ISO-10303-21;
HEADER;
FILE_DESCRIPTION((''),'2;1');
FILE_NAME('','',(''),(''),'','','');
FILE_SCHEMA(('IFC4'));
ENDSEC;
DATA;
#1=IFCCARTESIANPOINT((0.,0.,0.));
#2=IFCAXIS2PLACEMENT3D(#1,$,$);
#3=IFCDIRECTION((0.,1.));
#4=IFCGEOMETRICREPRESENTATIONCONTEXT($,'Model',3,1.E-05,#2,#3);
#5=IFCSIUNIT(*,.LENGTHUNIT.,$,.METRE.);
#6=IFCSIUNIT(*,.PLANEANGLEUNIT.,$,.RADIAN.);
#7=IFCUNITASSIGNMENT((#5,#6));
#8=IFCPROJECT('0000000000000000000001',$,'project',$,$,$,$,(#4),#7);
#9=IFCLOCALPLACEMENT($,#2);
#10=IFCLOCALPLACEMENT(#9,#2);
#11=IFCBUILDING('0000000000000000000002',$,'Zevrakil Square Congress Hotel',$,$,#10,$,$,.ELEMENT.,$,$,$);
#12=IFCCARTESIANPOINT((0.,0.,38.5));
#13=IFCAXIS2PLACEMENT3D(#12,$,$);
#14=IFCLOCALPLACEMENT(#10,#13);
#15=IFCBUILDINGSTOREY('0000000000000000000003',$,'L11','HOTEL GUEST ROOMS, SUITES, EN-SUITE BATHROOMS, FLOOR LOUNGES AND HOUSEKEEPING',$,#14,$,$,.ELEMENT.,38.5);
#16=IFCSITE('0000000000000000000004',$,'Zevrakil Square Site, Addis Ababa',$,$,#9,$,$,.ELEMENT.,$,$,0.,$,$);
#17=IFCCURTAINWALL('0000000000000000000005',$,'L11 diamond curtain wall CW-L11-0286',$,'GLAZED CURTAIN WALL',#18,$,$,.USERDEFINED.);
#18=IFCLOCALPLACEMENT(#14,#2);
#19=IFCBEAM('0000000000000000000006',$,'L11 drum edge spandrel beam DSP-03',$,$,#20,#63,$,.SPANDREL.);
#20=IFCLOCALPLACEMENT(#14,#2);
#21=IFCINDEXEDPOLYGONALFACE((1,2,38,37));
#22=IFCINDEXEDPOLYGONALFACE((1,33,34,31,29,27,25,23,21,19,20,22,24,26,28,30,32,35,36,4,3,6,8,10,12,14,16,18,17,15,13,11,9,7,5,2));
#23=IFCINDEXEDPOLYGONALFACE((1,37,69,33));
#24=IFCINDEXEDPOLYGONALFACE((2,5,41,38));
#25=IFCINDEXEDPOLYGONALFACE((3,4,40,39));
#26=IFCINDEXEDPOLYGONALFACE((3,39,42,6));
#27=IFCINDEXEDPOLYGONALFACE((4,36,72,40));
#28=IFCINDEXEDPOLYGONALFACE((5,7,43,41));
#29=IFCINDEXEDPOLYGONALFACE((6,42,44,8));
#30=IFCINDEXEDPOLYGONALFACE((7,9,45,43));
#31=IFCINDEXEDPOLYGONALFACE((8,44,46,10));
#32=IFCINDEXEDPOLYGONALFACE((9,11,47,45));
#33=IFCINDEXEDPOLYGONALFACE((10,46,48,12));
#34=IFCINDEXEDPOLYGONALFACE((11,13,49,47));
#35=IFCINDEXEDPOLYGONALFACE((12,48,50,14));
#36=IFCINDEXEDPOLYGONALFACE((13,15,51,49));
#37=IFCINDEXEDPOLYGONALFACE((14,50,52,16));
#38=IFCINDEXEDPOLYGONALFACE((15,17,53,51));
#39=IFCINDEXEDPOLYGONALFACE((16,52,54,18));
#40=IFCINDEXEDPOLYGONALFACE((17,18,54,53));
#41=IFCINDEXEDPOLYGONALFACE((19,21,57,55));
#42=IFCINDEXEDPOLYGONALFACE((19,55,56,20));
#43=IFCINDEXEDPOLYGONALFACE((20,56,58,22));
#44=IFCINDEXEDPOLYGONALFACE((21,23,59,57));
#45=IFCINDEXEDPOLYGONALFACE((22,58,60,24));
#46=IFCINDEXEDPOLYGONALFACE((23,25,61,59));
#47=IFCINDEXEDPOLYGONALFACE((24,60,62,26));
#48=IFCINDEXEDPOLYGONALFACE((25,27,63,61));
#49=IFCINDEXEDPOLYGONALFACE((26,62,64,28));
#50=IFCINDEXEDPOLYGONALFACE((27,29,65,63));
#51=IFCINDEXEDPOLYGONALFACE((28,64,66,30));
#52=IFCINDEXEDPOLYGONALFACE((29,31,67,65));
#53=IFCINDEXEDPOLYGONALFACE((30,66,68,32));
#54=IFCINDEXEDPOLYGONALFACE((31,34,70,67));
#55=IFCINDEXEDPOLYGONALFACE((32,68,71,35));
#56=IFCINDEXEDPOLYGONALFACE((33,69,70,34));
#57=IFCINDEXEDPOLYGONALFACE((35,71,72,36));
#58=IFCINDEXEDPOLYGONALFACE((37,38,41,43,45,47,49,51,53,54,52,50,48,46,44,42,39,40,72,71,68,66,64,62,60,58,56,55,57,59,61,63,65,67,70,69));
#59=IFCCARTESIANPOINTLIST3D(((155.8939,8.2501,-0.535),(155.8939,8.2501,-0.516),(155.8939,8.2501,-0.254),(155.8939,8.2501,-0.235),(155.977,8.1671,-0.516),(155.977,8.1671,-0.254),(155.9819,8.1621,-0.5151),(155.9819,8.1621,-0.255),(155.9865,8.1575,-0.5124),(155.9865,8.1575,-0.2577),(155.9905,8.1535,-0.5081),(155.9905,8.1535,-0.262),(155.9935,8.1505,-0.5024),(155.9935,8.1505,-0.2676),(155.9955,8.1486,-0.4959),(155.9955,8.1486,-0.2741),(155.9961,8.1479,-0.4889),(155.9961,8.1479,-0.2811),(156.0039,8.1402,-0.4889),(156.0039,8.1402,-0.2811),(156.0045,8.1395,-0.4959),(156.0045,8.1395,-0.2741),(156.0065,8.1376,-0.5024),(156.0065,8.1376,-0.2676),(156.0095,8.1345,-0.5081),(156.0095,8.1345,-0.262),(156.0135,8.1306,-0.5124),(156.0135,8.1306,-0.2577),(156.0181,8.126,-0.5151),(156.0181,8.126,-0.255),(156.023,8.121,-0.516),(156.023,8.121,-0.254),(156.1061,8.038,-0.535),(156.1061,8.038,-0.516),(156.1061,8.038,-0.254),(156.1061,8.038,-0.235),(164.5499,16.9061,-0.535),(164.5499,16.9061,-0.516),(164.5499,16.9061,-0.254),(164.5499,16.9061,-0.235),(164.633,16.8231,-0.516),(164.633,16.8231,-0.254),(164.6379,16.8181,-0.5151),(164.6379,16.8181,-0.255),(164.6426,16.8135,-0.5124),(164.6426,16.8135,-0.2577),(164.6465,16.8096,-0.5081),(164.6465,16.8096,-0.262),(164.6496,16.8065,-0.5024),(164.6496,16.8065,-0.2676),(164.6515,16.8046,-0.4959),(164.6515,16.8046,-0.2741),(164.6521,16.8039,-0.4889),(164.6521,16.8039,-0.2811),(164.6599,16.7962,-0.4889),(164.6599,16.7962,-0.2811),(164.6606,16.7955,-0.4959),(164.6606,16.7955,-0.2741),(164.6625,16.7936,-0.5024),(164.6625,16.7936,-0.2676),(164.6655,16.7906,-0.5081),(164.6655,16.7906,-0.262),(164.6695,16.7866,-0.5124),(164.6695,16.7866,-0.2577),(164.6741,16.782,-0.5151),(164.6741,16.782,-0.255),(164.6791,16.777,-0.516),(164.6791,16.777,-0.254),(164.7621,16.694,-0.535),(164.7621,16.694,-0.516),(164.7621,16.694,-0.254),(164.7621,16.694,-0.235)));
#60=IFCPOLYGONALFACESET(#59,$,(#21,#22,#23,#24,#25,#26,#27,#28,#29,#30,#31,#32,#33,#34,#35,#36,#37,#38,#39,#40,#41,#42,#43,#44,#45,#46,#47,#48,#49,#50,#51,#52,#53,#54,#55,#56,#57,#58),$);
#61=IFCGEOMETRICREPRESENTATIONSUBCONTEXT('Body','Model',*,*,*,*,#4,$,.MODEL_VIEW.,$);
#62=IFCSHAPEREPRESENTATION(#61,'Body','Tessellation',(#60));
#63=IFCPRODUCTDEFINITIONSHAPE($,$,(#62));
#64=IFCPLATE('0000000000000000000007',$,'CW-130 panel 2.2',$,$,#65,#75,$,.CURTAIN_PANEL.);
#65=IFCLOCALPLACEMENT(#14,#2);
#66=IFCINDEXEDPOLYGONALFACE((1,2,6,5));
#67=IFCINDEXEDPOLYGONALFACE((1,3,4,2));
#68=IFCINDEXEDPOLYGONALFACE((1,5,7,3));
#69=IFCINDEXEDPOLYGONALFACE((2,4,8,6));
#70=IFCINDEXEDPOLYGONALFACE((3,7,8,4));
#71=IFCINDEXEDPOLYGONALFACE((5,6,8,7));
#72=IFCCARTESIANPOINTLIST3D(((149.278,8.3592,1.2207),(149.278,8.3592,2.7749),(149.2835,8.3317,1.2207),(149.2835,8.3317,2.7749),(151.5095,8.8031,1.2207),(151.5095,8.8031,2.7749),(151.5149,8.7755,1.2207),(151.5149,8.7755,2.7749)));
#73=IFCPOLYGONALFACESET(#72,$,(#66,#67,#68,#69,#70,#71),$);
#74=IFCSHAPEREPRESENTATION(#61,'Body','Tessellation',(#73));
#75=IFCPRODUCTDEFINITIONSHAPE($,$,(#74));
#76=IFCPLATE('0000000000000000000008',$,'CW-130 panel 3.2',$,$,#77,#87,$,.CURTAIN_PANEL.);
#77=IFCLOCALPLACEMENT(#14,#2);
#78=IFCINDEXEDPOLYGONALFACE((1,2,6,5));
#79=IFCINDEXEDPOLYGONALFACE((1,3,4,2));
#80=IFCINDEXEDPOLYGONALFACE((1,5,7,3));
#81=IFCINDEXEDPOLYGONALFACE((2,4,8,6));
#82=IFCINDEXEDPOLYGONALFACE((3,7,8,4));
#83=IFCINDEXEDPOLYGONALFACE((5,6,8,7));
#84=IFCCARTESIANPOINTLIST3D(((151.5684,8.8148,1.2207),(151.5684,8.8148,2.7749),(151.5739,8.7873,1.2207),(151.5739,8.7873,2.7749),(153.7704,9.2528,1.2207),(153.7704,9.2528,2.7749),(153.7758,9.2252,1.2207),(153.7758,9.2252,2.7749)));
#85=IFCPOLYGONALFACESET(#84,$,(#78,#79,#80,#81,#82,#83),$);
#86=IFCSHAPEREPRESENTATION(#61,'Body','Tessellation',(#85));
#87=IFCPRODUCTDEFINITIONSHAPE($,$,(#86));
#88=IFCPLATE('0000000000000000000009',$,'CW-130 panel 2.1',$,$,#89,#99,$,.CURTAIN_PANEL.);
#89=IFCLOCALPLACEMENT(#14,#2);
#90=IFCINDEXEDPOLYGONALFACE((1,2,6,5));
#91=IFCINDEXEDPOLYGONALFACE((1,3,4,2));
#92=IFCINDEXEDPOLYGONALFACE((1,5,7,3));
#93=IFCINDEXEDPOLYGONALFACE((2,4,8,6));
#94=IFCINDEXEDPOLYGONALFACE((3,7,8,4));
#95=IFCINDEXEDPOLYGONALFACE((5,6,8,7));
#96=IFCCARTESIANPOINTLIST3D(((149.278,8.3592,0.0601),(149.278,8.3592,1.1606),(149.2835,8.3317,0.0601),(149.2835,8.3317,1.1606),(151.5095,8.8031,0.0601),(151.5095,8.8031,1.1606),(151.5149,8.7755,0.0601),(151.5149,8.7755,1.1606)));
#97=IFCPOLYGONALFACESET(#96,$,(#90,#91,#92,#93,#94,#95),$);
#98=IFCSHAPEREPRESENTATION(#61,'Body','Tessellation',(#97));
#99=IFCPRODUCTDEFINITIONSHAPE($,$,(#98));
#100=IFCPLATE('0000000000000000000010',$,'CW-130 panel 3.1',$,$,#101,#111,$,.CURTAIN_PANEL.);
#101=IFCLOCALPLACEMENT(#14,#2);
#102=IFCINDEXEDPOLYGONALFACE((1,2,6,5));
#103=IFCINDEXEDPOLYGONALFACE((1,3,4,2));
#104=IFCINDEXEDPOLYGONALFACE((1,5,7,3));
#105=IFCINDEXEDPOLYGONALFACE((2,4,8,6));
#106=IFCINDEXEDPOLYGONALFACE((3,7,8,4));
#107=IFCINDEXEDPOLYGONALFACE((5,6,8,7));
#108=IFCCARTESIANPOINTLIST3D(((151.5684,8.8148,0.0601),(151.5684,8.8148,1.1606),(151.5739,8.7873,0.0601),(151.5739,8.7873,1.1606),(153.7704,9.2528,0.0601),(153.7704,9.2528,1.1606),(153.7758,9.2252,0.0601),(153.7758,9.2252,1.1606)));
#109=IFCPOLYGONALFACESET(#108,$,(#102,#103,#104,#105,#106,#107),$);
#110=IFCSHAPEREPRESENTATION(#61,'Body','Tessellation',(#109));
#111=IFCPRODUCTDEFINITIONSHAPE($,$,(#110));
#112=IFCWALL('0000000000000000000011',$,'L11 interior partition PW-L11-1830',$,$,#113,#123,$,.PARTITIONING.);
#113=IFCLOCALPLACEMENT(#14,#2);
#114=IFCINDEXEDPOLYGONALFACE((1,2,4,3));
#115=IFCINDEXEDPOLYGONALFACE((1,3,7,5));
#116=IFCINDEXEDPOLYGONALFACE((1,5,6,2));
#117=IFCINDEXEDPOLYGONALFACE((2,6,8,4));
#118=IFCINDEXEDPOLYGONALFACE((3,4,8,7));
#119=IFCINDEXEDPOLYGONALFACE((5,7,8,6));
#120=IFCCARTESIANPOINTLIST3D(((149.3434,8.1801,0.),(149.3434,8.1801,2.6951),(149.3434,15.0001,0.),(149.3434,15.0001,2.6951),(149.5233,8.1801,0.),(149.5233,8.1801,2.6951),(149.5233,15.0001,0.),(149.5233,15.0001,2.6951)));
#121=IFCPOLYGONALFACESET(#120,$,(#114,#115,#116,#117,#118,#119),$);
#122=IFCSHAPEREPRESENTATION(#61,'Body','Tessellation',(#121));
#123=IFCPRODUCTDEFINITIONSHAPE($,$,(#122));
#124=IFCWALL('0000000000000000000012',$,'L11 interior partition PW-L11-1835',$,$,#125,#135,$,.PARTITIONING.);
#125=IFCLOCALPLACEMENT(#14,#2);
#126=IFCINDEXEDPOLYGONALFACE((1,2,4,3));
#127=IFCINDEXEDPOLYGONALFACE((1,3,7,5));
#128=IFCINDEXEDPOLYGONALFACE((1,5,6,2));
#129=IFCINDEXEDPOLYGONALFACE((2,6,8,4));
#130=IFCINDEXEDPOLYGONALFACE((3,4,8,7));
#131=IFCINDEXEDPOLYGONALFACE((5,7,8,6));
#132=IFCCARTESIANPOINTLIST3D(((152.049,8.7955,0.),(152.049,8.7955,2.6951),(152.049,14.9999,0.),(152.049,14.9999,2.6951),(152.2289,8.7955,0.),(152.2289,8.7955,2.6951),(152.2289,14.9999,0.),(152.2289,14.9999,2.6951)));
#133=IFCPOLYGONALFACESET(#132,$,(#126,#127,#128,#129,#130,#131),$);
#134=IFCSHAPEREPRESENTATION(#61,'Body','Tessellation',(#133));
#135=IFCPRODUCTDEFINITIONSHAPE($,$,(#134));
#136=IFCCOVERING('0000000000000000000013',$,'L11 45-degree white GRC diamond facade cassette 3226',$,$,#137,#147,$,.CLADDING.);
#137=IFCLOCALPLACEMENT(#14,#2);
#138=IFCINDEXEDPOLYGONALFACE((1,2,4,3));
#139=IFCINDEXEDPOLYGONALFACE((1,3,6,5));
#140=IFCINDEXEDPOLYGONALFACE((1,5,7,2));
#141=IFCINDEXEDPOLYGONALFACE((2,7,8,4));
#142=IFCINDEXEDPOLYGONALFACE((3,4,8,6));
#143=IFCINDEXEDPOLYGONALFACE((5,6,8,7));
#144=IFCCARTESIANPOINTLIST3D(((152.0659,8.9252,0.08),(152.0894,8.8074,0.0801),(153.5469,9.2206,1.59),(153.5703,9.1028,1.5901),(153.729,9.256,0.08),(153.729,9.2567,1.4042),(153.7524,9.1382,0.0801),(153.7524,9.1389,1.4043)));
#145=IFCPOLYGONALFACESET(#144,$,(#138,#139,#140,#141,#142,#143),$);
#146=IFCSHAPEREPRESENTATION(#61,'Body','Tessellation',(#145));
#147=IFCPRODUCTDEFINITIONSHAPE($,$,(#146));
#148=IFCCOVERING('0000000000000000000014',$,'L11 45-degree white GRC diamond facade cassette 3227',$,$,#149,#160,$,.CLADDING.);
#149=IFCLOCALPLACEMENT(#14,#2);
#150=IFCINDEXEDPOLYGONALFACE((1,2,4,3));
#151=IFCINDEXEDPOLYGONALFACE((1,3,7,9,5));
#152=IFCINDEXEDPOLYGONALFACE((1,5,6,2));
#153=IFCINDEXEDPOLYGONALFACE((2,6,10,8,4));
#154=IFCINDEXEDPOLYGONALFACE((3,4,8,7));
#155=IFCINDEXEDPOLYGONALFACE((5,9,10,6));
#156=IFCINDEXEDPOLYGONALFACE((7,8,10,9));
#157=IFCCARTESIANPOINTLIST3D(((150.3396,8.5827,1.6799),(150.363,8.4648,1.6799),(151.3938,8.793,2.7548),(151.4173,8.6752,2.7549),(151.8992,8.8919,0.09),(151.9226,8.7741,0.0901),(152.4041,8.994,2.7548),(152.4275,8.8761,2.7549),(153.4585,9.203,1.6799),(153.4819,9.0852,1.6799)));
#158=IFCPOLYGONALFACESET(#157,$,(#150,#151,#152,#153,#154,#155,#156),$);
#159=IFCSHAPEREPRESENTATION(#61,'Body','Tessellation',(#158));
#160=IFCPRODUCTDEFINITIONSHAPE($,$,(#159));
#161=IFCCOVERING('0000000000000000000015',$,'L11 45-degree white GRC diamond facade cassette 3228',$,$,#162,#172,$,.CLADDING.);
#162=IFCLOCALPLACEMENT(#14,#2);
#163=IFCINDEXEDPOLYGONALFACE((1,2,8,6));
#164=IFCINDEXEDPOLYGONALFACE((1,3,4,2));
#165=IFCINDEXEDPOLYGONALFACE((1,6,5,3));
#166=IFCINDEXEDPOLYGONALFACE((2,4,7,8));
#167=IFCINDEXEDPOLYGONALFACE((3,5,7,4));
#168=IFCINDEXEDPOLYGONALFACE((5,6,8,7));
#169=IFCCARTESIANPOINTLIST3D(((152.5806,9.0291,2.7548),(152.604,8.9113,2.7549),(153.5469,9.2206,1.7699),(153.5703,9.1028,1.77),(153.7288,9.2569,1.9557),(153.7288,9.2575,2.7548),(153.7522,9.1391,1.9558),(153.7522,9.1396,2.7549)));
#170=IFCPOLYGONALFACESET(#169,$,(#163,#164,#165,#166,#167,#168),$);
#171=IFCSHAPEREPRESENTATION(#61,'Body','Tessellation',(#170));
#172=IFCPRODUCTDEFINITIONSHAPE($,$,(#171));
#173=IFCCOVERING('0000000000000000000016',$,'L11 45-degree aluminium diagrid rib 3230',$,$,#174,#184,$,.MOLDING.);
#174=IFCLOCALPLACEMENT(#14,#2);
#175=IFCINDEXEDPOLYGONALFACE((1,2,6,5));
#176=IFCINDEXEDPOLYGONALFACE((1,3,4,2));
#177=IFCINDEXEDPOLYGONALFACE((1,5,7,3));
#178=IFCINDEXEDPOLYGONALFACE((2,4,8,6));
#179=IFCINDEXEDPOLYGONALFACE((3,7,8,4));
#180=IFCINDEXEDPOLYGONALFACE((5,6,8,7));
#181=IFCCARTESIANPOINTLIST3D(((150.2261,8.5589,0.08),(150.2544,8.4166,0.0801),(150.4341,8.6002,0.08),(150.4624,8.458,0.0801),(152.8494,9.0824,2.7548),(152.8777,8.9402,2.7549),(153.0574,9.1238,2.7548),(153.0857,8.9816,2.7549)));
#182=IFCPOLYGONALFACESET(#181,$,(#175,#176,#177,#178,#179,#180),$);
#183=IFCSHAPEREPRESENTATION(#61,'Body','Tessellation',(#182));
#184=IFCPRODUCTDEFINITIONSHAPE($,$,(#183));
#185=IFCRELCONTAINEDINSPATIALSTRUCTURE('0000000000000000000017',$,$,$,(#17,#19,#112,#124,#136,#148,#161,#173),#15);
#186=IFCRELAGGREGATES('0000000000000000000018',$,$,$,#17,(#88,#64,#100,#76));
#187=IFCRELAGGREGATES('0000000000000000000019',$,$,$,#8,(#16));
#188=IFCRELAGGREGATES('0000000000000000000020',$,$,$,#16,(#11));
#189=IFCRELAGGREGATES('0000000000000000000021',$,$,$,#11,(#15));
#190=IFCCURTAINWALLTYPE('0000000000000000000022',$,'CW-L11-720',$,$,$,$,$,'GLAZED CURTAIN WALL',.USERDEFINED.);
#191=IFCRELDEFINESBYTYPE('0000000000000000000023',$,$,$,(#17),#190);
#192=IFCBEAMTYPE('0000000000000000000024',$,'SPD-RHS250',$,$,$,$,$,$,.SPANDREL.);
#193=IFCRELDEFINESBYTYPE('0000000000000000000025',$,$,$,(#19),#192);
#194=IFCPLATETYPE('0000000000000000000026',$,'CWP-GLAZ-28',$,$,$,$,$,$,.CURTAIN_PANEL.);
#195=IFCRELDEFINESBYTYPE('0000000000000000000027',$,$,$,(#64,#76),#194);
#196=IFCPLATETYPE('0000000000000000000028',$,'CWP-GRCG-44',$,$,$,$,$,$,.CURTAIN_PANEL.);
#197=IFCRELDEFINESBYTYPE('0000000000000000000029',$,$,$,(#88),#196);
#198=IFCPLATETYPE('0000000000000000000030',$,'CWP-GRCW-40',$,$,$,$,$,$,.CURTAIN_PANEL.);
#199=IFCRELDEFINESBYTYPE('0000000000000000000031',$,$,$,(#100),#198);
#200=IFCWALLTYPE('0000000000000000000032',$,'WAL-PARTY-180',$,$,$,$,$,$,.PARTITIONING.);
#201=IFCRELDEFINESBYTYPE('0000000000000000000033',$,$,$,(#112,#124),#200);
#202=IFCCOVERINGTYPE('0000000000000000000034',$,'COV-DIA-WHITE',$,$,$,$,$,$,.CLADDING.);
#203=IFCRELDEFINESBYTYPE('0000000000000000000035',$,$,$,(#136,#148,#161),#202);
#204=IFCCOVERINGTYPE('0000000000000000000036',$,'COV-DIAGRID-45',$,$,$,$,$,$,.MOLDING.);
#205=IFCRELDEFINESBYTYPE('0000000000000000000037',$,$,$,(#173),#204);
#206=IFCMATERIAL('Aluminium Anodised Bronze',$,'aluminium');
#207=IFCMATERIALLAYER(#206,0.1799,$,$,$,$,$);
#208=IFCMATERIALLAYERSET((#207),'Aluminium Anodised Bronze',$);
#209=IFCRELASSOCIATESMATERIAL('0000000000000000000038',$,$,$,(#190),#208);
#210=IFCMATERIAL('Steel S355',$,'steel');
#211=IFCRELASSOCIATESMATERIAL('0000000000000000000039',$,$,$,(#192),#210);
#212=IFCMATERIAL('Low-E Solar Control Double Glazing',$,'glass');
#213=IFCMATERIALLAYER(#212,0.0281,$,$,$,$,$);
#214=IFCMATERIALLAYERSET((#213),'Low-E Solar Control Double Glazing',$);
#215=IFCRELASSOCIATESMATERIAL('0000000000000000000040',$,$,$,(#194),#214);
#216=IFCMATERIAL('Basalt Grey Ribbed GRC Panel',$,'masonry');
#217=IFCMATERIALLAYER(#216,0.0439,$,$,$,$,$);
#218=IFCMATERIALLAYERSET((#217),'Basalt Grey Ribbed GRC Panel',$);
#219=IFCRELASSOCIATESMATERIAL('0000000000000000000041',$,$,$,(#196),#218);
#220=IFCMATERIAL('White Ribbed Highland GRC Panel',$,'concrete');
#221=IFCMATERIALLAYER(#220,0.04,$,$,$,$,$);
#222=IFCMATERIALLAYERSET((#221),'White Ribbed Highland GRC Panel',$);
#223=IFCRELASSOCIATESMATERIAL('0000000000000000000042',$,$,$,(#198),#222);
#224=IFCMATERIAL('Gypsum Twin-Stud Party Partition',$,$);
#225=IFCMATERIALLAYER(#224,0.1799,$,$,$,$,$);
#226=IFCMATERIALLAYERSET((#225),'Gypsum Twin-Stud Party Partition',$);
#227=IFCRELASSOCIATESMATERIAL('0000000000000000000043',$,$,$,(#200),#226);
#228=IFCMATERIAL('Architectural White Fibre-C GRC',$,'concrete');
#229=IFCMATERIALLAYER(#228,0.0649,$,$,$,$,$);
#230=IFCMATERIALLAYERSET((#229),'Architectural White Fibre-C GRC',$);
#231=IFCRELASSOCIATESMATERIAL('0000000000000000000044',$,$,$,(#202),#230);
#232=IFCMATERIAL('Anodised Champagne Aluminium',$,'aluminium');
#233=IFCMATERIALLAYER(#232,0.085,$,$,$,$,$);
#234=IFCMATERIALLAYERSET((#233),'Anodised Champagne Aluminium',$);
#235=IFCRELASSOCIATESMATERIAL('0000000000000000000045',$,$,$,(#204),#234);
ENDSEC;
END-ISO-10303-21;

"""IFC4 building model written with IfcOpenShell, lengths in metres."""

from ifc_helpers import new_model, si_unit, direction, frame, frame_2d, origin, origin_2d, place, context, subcontext, project, spatial, polyline, rectangle, i_section, outline, extrude, material, layer, layer_set, material_profile, profile_set, type_object, element, aggregate, save


model = new_model("IFC4")

# Units and contexts
model_context = context("Model", 3, precision=1e-05, world=origin(), true_north=direction((0.0, 1.0)))
body_context = subcontext(model_context, "Body", "Model", "MODEL_VIEW")
ifc_project = project(units=[si_unit("LENGTHUNIT", "METRE"), si_unit("PLANEANGLEUNIT", "RADIAN")], contexts=[model_context])

# Site, building, storey
site_placement = place(None, origin())
site = spatial("IfcSite", under=ifc_project, at=site_placement, Name="Zevrakil Square Site, Addis Ababa", CompositionType="ELEMENT", RefElevation=0.0)
building_placement = place(site_placement, origin())
building = spatial("IfcBuilding", under=site, at=building_placement, Name="Zevrakil Square Congress Hotel", CompositionType="ELEMENT")
storey_placement = place(building_placement, frame((0.0, 0.0, 38.5)))
storey = spatial("IfcBuildingStorey", under=building, at=storey_placement, Name="L11", Description="HOTEL GUEST ROOMS, SUITES, EN-SUITE BATHROOMS, FLOOR LOUNGES AND HOUSEKEEPING", CompositionType="ELEMENT", Elevation=38.5)

# Curtain wall
ifc_material_1 = material(Name="Aluminium Anodised Bronze", Category="aluminium")
ifc_layer_1 = layer(ifc_material_1, 0.1799)
ifc_layer_set_1 = layer_set([ifc_layer_1], Name="Aluminium Anodised Bronze")
curtain_wall_type = type_object("IfcCurtainWallType", Name="CW-L11-720", ElementType="GLAZED CURTAIN WALL", PredefinedType="USERDEFINED", material=ifc_layer_set_1)
curtain_wall_1_placement = place(storey_placement, origin())
curtain_wall_1 = element("IfcCurtainWall", 1, at=curtain_wall_1_placement, inside=storey, type_object=curtain_wall_type, Name="L11 diamond curtain wall CW-L11-0286", ObjectType="GLAZED CURTAIN WALL", PredefinedType="USERDEFINED")

# Beam
ifc_material_2 = material(Name="Steel S355", Category="steel")
ifc_material_profile_1 = material_profile(ifc_material_2, i_section(OverallWidth=0.3, OverallDepth=0.3, WebThickness=0.011, FlangeThickness=0.019, FilletRadius=0.0271, at=origin_2d()), Name="HEB 300")
ifc_profile_set_1 = profile_set([ifc_material_profile_1], Name="Steel S355")
beam_type = type_object("IfcBeamType", Name="SPD-RHS250", PredefinedType="SPANDREL", material=ifc_profile_set_1)
beam_placement = place(storey_placement, frame((156.0, 8.144, -0.385), z_axis=(0.707107, 0.707107, 0.0), x_axis=(-0.707107, 0.707107, 0.0)))
element("IfcBeam", 2, at=beam_placement, inside=storey, type_object=beam_type, Name="L11 drum edge spandrel beam DSP-03", PredefinedType="SPANDREL", context=body_context, shape_type="SweptSolid", body=[
    extrude(i_section(OverallWidth=0.3, OverallDepth=0.3, WebThickness=0.011, FlangeThickness=0.019, FilletRadius=0.0271, at=origin_2d()), origin(), (0.0, 0.0, 1.0), 12.2415),
])

# Plates
ifc_material_3 = material(Name="Low-E Solar Control Double Glazing", Category="glass")
ifc_layer_2 = layer(ifc_material_3, 0.0281)
ifc_layer_set_2 = layer_set([ifc_layer_2], Name="Low-E Solar Control Double Glazing")
plate_type_1 = type_object("IfcPlateType", Name="CWP-GLAZ-28", PredefinedType="CURTAIN_PANEL", material=ifc_layer_set_2)
plate_1_placement = place(storey_placement, frame((150.3965, 8.5674, 1.2207), z_axis=(0.0, 0.0, 1.0), x_axis=(0.980787, 0.195084, 0.0)))
plate_1 = element("IfcPlate", 3, at=plate_1_placement, type_object=plate_type_1, Name="CW-130 panel 2.2", PredefinedType="CURTAIN_PANEL", context=body_context, shape_type="SweptSolid", body=[
    extrude(rectangle(XDim=2.2751, YDim=0.0281, at=origin_2d()), origin(), (0.0, 0.0, 1.0), 1.5542),
])
plate_2_placement = place(storey_placement, frame((152.6721, 9.02, 1.2207), z_axis=(0.0, 0.0, 1.0), x_axis=(0.980787, 0.195084, 0.0)))
plate_2 = element("IfcPlate", 4, at=plate_2_placement, type_object=plate_type_1, Name="CW-130 panel 3.2", PredefinedType="CURTAIN_PANEL", context=body_context, shape_type="SweptSolid", body=[
    extrude(rectangle(XDim=2.2451, YDim=0.0281, at=origin_2d()), origin(), (0.0, 0.0, 1.0), 1.5542),
])
ifc_material_4 = material(Name="Basalt Grey Ribbed GRC Panel", Category="masonry")
ifc_layer_3 = layer(ifc_material_4, 0.0439)
ifc_layer_set_3 = layer_set([ifc_layer_3], Name="Basalt Grey Ribbed GRC Panel")
plate_type_2 = type_object("IfcPlateType", Name="CWP-GRCG-44", PredefinedType="CURTAIN_PANEL", material=ifc_layer_set_3)
plate_3_placement = place(storey_placement, frame((150.3965, 8.5674, 0.0601), z_axis=(0.0, 0.0, 1.0), x_axis=(0.980787, 0.195084, 0.0)))
plate_3 = element("IfcPlate", 5, at=plate_3_placement, type_object=plate_type_2, Name="CW-130 panel 2.1", PredefinedType="CURTAIN_PANEL", context=body_context, shape_type="SweptSolid", body=[
    extrude(rectangle(XDim=2.2751, YDim=0.0281, at=origin_2d()), origin(), (0.0, 0.0, 1.0), 1.1006),
])
ifc_material_5 = material(Name="White Ribbed Highland GRC Panel", Category="concrete")
ifc_layer_4 = layer(ifc_material_5, 0.04)
ifc_layer_set_4 = layer_set([ifc_layer_4], Name="White Ribbed Highland GRC Panel")
plate_type_3 = type_object("IfcPlateType", Name="CWP-GRCW-40", PredefinedType="CURTAIN_PANEL", material=ifc_layer_set_4)
plate_4_placement = place(storey_placement, frame((152.6721, 9.02, 0.0601), z_axis=(0.0, 0.0, 1.0), x_axis=(0.980787, 0.195084, 0.0)))
plate_4 = element("IfcPlate", 6, at=plate_4_placement, type_object=plate_type_3, Name="CW-130 panel 3.1", PredefinedType="CURTAIN_PANEL", context=body_context, shape_type="SweptSolid", body=[
    extrude(rectangle(XDim=2.2451, YDim=0.0281, at=origin_2d()), origin(), (0.0, 0.0, 1.0), 1.1006),
])
aggregate(curtain_wall_1, [plate_3, plate_1, plate_4, plate_2])

# Walls
ifc_material_6 = material(Name="Gypsum Twin-Stud Party Partition")
ifc_layer_5 = layer(ifc_material_6, 0.1799)
ifc_layer_set_5 = layer_set([ifc_layer_5], Name="Gypsum Twin-Stud Party Partition")
wall_type = type_object("IfcWallType", Name="WAL-PARTY-180", PredefinedType="PARTITIONING", material=ifc_layer_set_5)
wall_1_placement = place(storey_placement, frame((149.4333, 8.1799, 0.0), z_axis=(0.0, 0.0, 1.0), x_axis=(0.0, 1.0, 0.0)))
element("IfcWall", 7, at=wall_1_placement, inside=storey, type_object=wall_type, Name="L11 interior partition PW-L11-1830", PredefinedType="PARTITIONING", context=body_context, shape_type="SweptSolid", body=[
    extrude(rectangle(XDim=6.8201, YDim=0.1799, at=frame_2d((3.4102, 0.0))), origin(), (0.0, 0.0, 1.0), 2.6951),
])
wall_2_placement = place(storey_placement, frame((152.1389, 8.7957, 0.0), z_axis=(0.0, 0.0, 1.0), x_axis=(0.0, 1.0, 0.0)))
element("IfcWall", 8, at=wall_2_placement, inside=storey, type_object=wall_type, Name="L11 interior partition PW-L11-1835", PredefinedType="PARTITIONING", context=body_context, shape_type="SweptSolid", body=[
    extrude(rectangle(XDim=6.2043, YDim=0.1799, at=frame_2d((3.1021, 0.0))), origin(), (0.0, 0.0, 1.0), 2.6951),
])

# Coverings
ifc_material_7 = material(Name="Architectural White Fibre-C GRC", Category="concrete")
ifc_layer_6 = layer(ifc_material_7, 0.0649)
ifc_layer_set_6 = layer_set([ifc_layer_6], Name="Architectural White Fibre-C GRC")
covering_type_1 = type_object("IfcCoveringType", Name="COV-DIA-WHITE", PredefinedType="CLADDING", material=ifc_layer_set_6)
covering_1_placement = place(storey_placement, frame((153.5703, 9.1028, 1.5901), z_axis=(0.195095, -0.980784, 0.000538), x_axis=(0.693383, 0.137538, -0.707321)))
element("IfcCovering", 9, at=covering_1_placement, inside=storey, type_object=covering_type_1, Name="L11 45-degree white GRC diamond facade cassette 3226", PredefinedType="CLADDING", context=body_context, shape_type="SweptSolid", body=[
    extrude(outline(polyline([(0.0, 0.0), (0.2627, 0.0), (1.1992, -0.9362), (0.0006, -2.1356), (0.0, 0.0)])), origin(), (0.0, 0.0, -1.0), 0.1201),
])
covering_2_placement = place(storey_placement, frame((153.4819, 9.0852, 1.6799), z_axis=(0.195081, -0.980787, 0.000612), x_axis=(-0.69348, -0.138376, -0.707062)))
element("IfcCovering", 10, at=covering_2_placement, inside=storey, type_object=covering_type_1, Name="L11 45-degree white GRC diamond facade cassette 3227", PredefinedType="CLADDING", context=body_context, shape_type="SweptSolid", body=[
    extrude(outline(polyline([(0.0, 0.0), (2.2485, 0.0), (2.2487, -2.2485), (0.7285, -2.2485), (0.0001, -1.5202), (0.0, 0.0)])), origin(), (0.0, 0.0, -1.0), 0.1201),
])
covering_3_placement = place(storey_placement, frame((153.5703, 9.1028, 1.77), z_axis=(0.195054, -0.980792, 0.00069), x_axis=(-0.693697, -0.137461, 0.707028)))
element("IfcCovering", 11, at=covering_3_placement, inside=storey, type_object=covering_type_1, Name="L11 45-degree white GRC diamond facade cassette 3228", PredefinedType="CLADDING", context=body_context, shape_type="SweptSolid", body=[
    extrude(outline(polyline([(0.0, 0.0), (1.393, 0.0), (0.5651, -0.8277), (0.0002, -0.2625), (0.0, 0.0)])), origin(), (0.0, 0.0, -1.0), 0.1201),
])
ifc_material_8 = material(Name="Anodised Champagne Aluminium", Category="aluminium")
ifc_layer_7 = layer(ifc_material_8, 0.085)
ifc_layer_set_7 = layer_set([ifc_layer_7], Name="Anodised Champagne Aluminium")
covering_type_2 = type_object("IfcCoveringType", Name="COV-DIAGRID-45", PredefinedType="MOLDING", material=ifc_layer_set_7)
covering_4_placement = place(storey_placement, frame((150.4624, 8.458, 0.0801), z_axis=(0.19512, -0.980779, 0.000613), x_axis=(-0.980779, -0.19512, 0.0)))
element("IfcCovering", 12, at=covering_4_placement, inside=storey, type_object=covering_type_2, Name="L11 45-degree aluminium diagrid rib 3230", PredefinedType="MOLDING", context=body_context, shape_type="SweptSolid", body=[
    extrude(outline(polyline([(0.0, 0.0), (0.2121, 0.0), (-2.4629, -2.6748), (-2.675, -2.6748), (0.0, 0.0)])), origin(), (0.0, 0.0, -1.0), 0.145),
])

save(model, "model.ifc")
